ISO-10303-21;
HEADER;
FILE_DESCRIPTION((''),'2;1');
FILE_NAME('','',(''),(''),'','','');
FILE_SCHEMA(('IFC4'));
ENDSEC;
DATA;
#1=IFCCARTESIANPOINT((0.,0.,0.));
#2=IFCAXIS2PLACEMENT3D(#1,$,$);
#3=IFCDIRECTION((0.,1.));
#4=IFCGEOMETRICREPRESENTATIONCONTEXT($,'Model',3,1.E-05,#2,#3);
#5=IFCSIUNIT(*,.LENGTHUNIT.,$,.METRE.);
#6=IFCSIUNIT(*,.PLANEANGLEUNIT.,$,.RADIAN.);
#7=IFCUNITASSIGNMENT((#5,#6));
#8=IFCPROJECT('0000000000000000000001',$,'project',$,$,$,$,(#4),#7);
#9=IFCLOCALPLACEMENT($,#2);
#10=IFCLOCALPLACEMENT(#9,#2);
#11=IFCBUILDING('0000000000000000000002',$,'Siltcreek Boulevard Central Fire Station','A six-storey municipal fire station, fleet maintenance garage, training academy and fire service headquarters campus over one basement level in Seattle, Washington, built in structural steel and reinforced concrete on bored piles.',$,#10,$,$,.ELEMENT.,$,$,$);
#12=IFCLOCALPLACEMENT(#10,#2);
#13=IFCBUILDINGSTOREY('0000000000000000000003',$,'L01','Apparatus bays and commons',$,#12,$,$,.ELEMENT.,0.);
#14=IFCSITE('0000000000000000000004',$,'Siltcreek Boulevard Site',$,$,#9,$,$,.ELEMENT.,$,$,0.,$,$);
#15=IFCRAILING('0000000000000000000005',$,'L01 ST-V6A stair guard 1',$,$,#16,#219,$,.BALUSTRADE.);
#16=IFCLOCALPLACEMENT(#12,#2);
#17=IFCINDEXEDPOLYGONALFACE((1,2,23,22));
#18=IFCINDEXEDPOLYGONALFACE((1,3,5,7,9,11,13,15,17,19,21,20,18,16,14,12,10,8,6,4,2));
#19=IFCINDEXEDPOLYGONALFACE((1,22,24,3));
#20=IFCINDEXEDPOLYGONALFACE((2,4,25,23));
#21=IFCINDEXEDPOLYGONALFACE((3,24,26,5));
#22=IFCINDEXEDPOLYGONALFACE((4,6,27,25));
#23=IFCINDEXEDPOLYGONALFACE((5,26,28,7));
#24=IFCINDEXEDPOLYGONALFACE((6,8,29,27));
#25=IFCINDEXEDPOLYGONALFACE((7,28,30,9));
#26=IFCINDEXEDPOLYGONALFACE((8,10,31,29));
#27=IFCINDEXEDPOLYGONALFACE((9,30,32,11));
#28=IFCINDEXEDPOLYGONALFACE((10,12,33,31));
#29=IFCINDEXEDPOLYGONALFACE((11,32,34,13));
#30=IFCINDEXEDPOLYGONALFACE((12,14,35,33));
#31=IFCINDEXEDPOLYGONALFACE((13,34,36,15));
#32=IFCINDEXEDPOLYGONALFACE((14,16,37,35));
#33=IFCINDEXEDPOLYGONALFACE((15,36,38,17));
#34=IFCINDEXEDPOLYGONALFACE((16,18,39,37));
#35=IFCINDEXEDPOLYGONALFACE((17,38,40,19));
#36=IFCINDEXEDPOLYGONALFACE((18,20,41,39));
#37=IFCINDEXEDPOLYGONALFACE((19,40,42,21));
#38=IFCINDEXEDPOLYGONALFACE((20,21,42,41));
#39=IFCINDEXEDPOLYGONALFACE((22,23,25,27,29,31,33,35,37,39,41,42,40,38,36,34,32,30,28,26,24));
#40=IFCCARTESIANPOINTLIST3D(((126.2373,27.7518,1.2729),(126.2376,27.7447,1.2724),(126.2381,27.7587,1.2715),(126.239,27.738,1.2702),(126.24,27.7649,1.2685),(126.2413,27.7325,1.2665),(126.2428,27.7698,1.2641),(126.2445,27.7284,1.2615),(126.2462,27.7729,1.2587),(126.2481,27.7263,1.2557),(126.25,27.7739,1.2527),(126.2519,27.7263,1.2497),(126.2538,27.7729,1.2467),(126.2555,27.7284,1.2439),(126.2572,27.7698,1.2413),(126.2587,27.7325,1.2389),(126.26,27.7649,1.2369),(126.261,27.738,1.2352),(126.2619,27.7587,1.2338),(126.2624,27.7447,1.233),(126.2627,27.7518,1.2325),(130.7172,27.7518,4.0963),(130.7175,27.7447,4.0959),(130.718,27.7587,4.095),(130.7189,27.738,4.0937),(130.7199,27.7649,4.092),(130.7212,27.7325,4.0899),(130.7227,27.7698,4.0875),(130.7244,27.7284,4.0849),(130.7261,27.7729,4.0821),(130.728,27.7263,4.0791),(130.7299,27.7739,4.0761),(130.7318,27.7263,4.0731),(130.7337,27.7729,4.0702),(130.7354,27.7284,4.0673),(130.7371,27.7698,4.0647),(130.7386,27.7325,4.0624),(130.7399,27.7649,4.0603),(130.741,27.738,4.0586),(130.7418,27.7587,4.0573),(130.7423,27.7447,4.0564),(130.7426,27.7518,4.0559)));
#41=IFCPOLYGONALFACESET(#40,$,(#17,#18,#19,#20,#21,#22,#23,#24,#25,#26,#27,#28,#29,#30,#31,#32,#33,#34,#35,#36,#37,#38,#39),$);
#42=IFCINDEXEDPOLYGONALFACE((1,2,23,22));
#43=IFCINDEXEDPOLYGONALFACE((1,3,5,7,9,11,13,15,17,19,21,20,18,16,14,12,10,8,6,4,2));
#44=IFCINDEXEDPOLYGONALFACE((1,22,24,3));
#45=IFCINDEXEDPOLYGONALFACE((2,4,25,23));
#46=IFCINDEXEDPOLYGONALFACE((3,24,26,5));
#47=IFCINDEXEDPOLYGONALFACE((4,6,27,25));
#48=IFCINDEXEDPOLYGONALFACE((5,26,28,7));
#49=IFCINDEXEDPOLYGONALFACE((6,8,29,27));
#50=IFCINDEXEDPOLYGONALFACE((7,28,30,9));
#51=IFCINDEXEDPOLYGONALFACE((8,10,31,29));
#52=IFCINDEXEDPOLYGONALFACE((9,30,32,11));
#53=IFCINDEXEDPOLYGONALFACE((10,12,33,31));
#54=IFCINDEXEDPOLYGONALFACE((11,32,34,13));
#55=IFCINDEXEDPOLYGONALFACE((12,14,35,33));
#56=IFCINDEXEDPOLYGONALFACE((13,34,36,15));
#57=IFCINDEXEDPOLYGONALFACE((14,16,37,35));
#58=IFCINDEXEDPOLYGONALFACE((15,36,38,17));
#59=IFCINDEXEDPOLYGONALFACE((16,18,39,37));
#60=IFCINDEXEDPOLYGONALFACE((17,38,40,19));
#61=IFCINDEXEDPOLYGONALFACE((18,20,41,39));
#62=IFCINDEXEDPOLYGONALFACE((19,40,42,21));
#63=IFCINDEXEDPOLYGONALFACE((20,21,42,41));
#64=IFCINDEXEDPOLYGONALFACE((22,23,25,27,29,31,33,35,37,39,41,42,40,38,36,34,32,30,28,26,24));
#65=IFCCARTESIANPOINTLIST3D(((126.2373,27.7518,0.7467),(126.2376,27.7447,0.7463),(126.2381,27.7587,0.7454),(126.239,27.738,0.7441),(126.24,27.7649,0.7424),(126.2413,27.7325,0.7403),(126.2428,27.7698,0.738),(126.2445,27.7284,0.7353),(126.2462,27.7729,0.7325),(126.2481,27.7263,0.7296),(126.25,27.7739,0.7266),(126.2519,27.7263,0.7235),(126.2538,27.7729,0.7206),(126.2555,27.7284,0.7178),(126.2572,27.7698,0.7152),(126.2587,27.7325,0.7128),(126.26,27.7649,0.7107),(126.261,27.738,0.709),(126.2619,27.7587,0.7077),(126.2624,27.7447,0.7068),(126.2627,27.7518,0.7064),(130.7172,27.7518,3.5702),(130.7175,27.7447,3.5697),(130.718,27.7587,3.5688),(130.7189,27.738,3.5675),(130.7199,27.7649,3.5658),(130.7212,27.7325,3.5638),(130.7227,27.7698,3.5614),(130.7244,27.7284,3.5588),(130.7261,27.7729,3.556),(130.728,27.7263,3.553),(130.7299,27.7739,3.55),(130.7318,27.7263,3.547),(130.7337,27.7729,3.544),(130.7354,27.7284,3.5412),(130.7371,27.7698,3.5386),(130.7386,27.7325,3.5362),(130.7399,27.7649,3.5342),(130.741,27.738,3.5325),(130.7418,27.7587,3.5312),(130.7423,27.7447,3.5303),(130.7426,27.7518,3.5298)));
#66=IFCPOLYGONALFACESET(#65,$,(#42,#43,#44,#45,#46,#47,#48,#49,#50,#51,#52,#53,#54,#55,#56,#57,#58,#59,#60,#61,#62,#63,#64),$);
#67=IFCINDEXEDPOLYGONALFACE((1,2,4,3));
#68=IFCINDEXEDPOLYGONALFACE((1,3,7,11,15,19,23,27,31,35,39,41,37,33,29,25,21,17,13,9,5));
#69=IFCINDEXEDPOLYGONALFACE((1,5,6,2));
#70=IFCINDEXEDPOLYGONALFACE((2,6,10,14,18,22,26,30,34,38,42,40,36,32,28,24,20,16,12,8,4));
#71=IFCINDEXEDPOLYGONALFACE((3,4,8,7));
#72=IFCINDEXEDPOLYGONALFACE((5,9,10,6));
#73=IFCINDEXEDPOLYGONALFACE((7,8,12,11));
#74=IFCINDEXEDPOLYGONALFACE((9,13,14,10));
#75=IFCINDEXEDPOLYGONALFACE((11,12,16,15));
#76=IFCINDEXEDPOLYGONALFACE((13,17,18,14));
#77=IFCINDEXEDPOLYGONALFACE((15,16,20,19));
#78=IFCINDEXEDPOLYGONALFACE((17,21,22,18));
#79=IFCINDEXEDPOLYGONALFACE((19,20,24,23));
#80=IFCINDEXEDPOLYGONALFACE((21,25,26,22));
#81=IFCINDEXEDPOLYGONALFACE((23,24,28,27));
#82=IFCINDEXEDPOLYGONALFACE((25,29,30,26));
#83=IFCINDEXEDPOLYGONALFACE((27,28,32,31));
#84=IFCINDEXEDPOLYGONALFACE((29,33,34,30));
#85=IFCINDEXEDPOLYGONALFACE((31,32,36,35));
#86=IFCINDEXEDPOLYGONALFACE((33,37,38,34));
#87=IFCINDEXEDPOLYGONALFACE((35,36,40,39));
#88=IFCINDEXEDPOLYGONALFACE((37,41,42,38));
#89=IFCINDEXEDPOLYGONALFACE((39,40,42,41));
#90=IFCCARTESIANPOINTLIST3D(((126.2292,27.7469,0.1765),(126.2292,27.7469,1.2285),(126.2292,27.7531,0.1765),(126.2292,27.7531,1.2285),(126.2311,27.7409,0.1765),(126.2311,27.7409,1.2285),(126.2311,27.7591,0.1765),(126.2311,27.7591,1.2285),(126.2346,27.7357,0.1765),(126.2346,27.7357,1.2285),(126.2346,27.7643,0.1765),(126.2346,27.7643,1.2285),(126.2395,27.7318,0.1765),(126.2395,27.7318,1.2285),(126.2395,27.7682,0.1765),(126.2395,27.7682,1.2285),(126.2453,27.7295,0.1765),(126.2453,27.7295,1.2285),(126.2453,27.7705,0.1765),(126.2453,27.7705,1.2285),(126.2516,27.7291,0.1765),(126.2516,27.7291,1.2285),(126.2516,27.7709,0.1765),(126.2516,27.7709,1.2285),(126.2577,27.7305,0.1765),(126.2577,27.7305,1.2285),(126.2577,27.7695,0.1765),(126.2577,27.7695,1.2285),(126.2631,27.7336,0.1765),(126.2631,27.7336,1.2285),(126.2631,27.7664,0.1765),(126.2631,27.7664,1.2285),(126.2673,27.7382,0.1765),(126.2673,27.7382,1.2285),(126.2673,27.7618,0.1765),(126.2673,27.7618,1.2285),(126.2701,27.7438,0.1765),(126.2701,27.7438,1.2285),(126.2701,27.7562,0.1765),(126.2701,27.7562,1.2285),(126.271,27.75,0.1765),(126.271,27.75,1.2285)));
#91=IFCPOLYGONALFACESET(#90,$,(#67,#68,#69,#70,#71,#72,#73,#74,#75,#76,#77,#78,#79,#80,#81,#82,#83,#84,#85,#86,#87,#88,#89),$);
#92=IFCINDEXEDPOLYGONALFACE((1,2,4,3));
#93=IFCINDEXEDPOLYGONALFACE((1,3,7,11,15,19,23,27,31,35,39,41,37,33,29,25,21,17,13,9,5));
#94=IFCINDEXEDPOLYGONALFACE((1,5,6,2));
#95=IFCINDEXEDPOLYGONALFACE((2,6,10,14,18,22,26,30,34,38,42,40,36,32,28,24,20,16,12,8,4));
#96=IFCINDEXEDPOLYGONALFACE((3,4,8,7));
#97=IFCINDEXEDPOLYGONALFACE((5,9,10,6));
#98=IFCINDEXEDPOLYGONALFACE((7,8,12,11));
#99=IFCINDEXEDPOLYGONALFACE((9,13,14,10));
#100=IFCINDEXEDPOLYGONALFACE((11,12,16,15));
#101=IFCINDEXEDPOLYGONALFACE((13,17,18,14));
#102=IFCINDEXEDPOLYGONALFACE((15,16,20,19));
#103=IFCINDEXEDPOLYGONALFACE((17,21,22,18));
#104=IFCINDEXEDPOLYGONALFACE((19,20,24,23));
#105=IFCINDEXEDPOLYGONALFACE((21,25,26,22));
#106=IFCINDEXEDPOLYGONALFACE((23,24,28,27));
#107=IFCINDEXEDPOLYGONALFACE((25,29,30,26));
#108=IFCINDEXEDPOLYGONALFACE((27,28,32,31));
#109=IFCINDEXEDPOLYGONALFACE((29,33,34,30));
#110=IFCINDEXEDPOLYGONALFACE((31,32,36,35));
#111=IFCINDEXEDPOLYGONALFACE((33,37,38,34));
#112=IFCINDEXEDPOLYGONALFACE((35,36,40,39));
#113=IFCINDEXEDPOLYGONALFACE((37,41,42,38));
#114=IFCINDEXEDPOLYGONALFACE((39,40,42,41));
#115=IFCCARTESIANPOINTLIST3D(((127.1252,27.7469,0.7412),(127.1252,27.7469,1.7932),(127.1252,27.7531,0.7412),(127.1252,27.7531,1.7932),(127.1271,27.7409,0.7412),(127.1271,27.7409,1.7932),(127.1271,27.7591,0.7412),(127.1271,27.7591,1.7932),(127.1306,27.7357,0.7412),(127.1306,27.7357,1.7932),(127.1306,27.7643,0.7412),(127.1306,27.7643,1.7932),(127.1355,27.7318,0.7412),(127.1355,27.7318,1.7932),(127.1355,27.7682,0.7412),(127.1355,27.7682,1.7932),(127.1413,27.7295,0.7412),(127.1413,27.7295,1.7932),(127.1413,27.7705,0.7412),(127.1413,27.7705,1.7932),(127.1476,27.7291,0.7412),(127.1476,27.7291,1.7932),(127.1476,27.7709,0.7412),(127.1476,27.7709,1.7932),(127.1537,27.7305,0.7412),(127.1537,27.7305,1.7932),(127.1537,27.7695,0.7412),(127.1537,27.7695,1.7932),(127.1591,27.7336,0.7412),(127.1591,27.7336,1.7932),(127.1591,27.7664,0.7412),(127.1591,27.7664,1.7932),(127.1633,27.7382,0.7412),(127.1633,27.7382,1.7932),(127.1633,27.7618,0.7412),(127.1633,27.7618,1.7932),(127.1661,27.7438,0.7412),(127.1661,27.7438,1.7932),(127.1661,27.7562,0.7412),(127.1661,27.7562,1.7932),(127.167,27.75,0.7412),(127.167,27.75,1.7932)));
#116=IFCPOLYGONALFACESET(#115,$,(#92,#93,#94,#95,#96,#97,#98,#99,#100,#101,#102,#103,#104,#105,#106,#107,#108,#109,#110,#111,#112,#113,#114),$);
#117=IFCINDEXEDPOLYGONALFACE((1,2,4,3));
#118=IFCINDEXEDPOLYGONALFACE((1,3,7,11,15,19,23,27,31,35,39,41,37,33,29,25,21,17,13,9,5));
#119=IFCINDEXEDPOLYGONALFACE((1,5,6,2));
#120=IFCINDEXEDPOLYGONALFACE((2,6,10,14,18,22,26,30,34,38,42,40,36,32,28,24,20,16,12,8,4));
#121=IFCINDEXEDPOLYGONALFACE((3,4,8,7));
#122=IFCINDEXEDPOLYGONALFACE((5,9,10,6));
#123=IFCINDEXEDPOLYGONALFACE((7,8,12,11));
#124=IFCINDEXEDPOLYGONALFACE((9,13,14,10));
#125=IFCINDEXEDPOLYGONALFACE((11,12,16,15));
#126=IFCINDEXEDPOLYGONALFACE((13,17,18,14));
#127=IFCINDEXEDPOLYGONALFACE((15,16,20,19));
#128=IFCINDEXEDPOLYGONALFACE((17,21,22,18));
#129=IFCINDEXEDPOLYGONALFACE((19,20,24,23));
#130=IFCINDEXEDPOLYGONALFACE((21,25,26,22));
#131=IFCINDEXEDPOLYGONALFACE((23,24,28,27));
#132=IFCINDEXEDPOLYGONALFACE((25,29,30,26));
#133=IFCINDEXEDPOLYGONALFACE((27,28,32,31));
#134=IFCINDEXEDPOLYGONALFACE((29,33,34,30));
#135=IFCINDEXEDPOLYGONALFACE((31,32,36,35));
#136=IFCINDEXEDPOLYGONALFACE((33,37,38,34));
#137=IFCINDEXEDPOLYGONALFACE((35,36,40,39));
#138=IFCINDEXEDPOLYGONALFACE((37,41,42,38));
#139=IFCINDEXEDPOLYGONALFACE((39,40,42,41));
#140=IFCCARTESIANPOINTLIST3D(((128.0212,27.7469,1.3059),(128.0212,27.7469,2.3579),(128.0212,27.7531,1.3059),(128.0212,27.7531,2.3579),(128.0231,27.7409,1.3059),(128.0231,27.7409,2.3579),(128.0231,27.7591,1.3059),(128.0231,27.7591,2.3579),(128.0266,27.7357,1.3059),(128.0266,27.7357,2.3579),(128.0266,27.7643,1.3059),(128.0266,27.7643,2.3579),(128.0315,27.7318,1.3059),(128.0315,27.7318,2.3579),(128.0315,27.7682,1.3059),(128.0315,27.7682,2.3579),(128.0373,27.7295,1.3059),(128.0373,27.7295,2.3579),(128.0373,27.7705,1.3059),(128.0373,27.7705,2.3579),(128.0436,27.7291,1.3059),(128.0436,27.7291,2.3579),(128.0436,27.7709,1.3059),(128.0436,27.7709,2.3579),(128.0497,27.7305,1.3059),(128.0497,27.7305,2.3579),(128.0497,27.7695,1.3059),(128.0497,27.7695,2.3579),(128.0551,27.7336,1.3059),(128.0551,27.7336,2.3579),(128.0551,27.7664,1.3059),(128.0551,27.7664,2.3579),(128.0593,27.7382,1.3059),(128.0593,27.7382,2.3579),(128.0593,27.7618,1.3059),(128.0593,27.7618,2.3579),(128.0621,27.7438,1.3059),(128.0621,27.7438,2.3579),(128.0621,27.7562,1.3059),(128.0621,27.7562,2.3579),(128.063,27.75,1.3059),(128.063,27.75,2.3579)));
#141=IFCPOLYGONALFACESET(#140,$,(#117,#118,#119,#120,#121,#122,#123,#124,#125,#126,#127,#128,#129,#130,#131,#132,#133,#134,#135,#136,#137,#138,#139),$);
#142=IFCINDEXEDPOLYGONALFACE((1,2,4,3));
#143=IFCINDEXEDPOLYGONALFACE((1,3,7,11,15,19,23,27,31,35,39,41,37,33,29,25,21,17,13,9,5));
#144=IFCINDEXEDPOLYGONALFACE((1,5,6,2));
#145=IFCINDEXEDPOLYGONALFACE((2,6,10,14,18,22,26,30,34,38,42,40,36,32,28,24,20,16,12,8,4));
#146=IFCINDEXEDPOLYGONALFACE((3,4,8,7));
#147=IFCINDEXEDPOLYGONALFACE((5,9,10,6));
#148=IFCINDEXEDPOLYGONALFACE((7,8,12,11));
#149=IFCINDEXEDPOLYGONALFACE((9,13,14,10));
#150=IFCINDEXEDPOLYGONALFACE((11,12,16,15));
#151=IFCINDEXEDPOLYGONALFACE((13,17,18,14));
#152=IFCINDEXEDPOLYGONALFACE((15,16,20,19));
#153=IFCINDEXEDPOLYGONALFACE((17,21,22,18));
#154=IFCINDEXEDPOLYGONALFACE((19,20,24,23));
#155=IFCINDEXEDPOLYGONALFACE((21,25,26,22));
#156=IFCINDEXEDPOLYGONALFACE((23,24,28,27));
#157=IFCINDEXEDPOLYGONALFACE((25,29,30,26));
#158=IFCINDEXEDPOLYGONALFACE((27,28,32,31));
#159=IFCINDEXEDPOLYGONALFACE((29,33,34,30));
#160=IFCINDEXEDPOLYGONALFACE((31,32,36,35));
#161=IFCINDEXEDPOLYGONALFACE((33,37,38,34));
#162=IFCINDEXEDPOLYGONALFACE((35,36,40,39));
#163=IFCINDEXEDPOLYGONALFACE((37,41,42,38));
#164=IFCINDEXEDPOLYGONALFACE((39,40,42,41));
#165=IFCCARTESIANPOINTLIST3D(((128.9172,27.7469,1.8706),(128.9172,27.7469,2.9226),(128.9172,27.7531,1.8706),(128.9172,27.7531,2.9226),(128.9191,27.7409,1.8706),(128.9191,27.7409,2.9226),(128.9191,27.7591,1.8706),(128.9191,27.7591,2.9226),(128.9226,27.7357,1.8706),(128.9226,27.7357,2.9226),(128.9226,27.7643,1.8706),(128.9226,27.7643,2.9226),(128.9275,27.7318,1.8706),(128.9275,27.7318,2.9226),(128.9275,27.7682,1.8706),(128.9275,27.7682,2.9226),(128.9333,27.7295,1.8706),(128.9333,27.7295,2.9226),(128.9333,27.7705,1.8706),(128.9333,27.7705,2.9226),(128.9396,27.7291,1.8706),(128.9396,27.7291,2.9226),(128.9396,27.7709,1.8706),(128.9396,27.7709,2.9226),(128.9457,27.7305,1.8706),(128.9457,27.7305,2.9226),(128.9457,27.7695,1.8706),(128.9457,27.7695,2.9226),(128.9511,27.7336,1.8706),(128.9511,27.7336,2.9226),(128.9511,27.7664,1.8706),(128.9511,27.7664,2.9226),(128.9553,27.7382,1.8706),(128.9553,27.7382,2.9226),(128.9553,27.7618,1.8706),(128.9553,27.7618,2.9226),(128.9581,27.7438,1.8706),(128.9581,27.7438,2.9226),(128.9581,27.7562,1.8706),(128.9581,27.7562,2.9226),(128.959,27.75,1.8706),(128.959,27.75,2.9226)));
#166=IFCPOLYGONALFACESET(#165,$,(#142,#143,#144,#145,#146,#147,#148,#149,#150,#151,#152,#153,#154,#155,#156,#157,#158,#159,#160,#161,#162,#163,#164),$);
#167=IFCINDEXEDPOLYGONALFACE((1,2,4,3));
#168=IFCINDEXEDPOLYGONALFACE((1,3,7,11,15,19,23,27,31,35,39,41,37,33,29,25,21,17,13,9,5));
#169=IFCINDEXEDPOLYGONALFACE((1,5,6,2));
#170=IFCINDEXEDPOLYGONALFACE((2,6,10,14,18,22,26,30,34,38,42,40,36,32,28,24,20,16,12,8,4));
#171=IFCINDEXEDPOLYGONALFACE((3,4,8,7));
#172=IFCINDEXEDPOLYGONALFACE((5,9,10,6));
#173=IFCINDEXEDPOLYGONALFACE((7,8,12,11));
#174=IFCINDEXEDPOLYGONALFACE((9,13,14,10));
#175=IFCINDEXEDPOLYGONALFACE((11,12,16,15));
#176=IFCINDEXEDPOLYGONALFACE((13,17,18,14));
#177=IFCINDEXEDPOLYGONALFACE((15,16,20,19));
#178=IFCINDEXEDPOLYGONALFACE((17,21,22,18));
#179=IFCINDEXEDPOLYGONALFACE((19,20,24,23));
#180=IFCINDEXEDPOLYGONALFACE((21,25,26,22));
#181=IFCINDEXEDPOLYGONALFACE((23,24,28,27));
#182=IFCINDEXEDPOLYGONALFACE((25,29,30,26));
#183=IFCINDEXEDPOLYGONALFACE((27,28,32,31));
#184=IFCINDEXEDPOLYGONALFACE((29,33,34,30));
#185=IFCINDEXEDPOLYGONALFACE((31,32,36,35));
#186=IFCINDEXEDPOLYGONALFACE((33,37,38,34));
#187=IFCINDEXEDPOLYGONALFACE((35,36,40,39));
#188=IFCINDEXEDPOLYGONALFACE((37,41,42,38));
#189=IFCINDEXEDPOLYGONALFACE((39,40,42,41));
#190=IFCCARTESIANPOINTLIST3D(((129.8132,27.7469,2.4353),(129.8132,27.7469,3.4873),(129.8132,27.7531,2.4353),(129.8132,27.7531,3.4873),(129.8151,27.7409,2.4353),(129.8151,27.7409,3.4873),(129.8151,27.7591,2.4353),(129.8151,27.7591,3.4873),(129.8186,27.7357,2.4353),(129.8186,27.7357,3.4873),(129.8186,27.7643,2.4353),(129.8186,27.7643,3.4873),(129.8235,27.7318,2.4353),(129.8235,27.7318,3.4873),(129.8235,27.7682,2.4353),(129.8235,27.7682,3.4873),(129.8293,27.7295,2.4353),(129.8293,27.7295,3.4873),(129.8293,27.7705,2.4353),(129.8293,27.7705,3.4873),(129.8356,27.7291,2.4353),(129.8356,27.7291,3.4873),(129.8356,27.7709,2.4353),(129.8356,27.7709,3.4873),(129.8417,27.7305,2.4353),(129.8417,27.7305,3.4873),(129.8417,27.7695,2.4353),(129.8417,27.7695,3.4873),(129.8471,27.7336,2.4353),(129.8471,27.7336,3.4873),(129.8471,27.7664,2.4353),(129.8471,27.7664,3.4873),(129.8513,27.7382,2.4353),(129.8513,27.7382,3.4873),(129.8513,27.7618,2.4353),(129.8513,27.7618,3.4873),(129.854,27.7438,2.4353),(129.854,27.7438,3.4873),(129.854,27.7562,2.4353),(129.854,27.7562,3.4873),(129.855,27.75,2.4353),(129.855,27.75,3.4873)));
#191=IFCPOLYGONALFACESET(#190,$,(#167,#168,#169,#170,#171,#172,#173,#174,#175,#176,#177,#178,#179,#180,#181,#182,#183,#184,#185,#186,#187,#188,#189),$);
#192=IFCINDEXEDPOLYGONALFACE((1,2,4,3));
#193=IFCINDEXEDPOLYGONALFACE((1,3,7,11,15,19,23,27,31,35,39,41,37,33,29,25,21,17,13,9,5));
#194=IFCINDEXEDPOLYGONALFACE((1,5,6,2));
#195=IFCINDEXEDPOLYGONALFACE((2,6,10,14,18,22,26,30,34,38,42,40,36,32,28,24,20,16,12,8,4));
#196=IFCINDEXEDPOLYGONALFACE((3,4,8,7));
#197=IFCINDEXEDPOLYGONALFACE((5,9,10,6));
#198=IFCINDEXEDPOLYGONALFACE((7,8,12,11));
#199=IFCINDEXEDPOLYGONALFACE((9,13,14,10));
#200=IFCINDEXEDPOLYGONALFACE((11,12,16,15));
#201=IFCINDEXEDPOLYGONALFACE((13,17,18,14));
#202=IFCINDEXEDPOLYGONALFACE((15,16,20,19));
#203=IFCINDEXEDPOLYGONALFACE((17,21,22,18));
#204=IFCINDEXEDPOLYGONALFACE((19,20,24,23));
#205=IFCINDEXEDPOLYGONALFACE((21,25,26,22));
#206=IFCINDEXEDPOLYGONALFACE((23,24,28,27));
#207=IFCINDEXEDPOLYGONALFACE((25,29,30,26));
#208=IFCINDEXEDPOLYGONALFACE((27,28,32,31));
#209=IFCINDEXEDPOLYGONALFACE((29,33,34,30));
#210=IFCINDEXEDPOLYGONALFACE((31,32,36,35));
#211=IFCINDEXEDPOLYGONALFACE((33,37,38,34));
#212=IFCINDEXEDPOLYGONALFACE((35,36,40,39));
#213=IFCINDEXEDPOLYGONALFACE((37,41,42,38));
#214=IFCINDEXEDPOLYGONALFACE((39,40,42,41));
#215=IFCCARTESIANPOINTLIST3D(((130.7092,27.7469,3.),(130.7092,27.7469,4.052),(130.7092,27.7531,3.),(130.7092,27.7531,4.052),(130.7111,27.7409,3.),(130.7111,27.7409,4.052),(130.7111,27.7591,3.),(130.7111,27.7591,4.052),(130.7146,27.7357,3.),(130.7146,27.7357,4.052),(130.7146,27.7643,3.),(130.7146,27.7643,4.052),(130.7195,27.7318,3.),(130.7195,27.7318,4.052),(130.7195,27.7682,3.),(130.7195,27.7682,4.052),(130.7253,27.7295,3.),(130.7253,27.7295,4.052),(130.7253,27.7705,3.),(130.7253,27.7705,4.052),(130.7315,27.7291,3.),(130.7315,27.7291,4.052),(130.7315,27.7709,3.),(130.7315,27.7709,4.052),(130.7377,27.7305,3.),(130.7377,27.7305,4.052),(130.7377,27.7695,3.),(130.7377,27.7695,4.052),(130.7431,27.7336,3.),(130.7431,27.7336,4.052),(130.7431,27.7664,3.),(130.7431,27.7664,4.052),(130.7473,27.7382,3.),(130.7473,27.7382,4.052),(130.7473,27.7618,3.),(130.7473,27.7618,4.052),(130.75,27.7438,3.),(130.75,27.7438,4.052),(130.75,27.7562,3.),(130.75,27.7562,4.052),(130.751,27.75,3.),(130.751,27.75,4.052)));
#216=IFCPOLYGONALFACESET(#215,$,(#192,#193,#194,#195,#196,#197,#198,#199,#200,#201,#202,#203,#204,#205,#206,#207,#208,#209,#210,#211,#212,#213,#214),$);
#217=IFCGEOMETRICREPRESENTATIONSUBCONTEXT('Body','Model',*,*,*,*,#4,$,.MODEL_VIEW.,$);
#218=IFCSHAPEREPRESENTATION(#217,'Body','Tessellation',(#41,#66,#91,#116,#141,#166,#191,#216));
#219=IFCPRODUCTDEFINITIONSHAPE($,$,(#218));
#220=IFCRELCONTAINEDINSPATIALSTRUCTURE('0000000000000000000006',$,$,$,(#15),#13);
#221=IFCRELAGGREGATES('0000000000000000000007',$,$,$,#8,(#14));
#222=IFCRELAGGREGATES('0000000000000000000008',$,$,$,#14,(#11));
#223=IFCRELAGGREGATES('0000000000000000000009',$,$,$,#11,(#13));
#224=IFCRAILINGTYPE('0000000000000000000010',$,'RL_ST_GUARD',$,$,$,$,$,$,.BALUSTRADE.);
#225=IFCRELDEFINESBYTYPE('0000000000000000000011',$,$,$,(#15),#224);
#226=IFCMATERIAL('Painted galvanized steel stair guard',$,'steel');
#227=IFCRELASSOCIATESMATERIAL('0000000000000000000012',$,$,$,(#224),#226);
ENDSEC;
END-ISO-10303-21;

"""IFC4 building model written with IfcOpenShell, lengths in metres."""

from ifc_helpers import new_model, si_unit, direction, frame, origin, origin_2d, place, context, subcontext, project, spatial, circle, extrude, material, type_object, element, save


model = new_model("IFC4")

# Units and contexts
model_context = context("Model", 3, precision=1e-05, world=origin(), true_north=direction((0.0, 1.0)))
body_context = subcontext(model_context, "Body", "Model", "MODEL_VIEW")
ifc_project = project(units=[si_unit("LENGTHUNIT", "METRE"), si_unit("PLANEANGLEUNIT", "RADIAN")], contexts=[model_context])

# Site, building, storey
site_placement = place(None, origin())
site = spatial("IfcSite", under=ifc_project, at=site_placement, Name="Siltcreek Boulevard Site", CompositionType="ELEMENT", RefElevation=0.0)
building_placement = place(site_placement, origin())
building = spatial("IfcBuilding", under=site, at=building_placement, Name="Siltcreek Boulevard Central Fire Station", Description="A six-storey municipal fire station, fleet maintenance garage, training academy and fire service headquarters campus over one basement level in Seattle, Washington, built in structural steel and reinforced concrete on bored piles.", CompositionType="ELEMENT")
storey_placement = place(building_placement, origin())
storey = spatial("IfcBuildingStorey", under=building, at=storey_placement, Name="L01", Description="Apparatus bays and commons", CompositionType="ELEMENT", Elevation=0.0)

# Railing
ifc_material_1 = material(Name="Painted galvanized steel stair guard", Category="steel")
railing_type_1 = type_object("IfcRailingType", Name="RL_ST_GUARD", PredefinedType="BALUSTRADE", material=ifc_material_1)
railing_1_placement = place(storey_placement, frame((126.25, 27.75, 0.1765)))
element("IfcRailing", 1, at=railing_1_placement, inside=storey, type_object=railing_type_1, Name="L01 ST-V6A stair guard 1", PredefinedType="BALUSTRADE", context=body_context, shape_type="SweptSolid", body=[
    extrude(circle(Radius=0.0239, at=origin_2d()), frame((0.0, 0.0, 1.0762), z_axis=(0.845998, 0.0, 0.533186), x_axis=(0.0, 1.0, 0.0)), (0.0, 0.0, 1.0), 5.2954),
    extrude(circle(Radius=0.0239, at=origin_2d()), frame((0.0, 0.0, 0.55), z_axis=(0.845998, 0.0, 0.533186), x_axis=(0.0, 1.0, 0.0)), (0.0, 0.0, 1.0), 5.2954),
    extrude(circle(Radius=0.021, at=origin_2d()), origin(), (0.0, 0.0, 1.0), 1.052),
    extrude(circle(Radius=0.021, at=origin_2d()), frame((0.896, 0.0, 0.5647)), (0.0, 0.0, 1.0), 1.052),
    extrude(circle(Radius=0.021, at=origin_2d()), frame((1.792, 0.0, 1.1294)), (0.0, 0.0, 1.0), 1.052),
    extrude(circle(Radius=0.021, at=origin_2d()), frame((2.688, 0.0, 1.6941)), (0.0, 0.0, 1.0), 1.052),
    extrude(circle(Radius=0.021, at=origin_2d()), frame((3.584, 0.0, 2.2588)), (0.0, 0.0, 1.0), 1.052),
    extrude(circle(Radius=0.021, at=origin_2d()), frame((4.48, 0.0, 2.8235)), (0.0, 0.0, 1.0), 1.052),
])

save(model, "model.ifc")
